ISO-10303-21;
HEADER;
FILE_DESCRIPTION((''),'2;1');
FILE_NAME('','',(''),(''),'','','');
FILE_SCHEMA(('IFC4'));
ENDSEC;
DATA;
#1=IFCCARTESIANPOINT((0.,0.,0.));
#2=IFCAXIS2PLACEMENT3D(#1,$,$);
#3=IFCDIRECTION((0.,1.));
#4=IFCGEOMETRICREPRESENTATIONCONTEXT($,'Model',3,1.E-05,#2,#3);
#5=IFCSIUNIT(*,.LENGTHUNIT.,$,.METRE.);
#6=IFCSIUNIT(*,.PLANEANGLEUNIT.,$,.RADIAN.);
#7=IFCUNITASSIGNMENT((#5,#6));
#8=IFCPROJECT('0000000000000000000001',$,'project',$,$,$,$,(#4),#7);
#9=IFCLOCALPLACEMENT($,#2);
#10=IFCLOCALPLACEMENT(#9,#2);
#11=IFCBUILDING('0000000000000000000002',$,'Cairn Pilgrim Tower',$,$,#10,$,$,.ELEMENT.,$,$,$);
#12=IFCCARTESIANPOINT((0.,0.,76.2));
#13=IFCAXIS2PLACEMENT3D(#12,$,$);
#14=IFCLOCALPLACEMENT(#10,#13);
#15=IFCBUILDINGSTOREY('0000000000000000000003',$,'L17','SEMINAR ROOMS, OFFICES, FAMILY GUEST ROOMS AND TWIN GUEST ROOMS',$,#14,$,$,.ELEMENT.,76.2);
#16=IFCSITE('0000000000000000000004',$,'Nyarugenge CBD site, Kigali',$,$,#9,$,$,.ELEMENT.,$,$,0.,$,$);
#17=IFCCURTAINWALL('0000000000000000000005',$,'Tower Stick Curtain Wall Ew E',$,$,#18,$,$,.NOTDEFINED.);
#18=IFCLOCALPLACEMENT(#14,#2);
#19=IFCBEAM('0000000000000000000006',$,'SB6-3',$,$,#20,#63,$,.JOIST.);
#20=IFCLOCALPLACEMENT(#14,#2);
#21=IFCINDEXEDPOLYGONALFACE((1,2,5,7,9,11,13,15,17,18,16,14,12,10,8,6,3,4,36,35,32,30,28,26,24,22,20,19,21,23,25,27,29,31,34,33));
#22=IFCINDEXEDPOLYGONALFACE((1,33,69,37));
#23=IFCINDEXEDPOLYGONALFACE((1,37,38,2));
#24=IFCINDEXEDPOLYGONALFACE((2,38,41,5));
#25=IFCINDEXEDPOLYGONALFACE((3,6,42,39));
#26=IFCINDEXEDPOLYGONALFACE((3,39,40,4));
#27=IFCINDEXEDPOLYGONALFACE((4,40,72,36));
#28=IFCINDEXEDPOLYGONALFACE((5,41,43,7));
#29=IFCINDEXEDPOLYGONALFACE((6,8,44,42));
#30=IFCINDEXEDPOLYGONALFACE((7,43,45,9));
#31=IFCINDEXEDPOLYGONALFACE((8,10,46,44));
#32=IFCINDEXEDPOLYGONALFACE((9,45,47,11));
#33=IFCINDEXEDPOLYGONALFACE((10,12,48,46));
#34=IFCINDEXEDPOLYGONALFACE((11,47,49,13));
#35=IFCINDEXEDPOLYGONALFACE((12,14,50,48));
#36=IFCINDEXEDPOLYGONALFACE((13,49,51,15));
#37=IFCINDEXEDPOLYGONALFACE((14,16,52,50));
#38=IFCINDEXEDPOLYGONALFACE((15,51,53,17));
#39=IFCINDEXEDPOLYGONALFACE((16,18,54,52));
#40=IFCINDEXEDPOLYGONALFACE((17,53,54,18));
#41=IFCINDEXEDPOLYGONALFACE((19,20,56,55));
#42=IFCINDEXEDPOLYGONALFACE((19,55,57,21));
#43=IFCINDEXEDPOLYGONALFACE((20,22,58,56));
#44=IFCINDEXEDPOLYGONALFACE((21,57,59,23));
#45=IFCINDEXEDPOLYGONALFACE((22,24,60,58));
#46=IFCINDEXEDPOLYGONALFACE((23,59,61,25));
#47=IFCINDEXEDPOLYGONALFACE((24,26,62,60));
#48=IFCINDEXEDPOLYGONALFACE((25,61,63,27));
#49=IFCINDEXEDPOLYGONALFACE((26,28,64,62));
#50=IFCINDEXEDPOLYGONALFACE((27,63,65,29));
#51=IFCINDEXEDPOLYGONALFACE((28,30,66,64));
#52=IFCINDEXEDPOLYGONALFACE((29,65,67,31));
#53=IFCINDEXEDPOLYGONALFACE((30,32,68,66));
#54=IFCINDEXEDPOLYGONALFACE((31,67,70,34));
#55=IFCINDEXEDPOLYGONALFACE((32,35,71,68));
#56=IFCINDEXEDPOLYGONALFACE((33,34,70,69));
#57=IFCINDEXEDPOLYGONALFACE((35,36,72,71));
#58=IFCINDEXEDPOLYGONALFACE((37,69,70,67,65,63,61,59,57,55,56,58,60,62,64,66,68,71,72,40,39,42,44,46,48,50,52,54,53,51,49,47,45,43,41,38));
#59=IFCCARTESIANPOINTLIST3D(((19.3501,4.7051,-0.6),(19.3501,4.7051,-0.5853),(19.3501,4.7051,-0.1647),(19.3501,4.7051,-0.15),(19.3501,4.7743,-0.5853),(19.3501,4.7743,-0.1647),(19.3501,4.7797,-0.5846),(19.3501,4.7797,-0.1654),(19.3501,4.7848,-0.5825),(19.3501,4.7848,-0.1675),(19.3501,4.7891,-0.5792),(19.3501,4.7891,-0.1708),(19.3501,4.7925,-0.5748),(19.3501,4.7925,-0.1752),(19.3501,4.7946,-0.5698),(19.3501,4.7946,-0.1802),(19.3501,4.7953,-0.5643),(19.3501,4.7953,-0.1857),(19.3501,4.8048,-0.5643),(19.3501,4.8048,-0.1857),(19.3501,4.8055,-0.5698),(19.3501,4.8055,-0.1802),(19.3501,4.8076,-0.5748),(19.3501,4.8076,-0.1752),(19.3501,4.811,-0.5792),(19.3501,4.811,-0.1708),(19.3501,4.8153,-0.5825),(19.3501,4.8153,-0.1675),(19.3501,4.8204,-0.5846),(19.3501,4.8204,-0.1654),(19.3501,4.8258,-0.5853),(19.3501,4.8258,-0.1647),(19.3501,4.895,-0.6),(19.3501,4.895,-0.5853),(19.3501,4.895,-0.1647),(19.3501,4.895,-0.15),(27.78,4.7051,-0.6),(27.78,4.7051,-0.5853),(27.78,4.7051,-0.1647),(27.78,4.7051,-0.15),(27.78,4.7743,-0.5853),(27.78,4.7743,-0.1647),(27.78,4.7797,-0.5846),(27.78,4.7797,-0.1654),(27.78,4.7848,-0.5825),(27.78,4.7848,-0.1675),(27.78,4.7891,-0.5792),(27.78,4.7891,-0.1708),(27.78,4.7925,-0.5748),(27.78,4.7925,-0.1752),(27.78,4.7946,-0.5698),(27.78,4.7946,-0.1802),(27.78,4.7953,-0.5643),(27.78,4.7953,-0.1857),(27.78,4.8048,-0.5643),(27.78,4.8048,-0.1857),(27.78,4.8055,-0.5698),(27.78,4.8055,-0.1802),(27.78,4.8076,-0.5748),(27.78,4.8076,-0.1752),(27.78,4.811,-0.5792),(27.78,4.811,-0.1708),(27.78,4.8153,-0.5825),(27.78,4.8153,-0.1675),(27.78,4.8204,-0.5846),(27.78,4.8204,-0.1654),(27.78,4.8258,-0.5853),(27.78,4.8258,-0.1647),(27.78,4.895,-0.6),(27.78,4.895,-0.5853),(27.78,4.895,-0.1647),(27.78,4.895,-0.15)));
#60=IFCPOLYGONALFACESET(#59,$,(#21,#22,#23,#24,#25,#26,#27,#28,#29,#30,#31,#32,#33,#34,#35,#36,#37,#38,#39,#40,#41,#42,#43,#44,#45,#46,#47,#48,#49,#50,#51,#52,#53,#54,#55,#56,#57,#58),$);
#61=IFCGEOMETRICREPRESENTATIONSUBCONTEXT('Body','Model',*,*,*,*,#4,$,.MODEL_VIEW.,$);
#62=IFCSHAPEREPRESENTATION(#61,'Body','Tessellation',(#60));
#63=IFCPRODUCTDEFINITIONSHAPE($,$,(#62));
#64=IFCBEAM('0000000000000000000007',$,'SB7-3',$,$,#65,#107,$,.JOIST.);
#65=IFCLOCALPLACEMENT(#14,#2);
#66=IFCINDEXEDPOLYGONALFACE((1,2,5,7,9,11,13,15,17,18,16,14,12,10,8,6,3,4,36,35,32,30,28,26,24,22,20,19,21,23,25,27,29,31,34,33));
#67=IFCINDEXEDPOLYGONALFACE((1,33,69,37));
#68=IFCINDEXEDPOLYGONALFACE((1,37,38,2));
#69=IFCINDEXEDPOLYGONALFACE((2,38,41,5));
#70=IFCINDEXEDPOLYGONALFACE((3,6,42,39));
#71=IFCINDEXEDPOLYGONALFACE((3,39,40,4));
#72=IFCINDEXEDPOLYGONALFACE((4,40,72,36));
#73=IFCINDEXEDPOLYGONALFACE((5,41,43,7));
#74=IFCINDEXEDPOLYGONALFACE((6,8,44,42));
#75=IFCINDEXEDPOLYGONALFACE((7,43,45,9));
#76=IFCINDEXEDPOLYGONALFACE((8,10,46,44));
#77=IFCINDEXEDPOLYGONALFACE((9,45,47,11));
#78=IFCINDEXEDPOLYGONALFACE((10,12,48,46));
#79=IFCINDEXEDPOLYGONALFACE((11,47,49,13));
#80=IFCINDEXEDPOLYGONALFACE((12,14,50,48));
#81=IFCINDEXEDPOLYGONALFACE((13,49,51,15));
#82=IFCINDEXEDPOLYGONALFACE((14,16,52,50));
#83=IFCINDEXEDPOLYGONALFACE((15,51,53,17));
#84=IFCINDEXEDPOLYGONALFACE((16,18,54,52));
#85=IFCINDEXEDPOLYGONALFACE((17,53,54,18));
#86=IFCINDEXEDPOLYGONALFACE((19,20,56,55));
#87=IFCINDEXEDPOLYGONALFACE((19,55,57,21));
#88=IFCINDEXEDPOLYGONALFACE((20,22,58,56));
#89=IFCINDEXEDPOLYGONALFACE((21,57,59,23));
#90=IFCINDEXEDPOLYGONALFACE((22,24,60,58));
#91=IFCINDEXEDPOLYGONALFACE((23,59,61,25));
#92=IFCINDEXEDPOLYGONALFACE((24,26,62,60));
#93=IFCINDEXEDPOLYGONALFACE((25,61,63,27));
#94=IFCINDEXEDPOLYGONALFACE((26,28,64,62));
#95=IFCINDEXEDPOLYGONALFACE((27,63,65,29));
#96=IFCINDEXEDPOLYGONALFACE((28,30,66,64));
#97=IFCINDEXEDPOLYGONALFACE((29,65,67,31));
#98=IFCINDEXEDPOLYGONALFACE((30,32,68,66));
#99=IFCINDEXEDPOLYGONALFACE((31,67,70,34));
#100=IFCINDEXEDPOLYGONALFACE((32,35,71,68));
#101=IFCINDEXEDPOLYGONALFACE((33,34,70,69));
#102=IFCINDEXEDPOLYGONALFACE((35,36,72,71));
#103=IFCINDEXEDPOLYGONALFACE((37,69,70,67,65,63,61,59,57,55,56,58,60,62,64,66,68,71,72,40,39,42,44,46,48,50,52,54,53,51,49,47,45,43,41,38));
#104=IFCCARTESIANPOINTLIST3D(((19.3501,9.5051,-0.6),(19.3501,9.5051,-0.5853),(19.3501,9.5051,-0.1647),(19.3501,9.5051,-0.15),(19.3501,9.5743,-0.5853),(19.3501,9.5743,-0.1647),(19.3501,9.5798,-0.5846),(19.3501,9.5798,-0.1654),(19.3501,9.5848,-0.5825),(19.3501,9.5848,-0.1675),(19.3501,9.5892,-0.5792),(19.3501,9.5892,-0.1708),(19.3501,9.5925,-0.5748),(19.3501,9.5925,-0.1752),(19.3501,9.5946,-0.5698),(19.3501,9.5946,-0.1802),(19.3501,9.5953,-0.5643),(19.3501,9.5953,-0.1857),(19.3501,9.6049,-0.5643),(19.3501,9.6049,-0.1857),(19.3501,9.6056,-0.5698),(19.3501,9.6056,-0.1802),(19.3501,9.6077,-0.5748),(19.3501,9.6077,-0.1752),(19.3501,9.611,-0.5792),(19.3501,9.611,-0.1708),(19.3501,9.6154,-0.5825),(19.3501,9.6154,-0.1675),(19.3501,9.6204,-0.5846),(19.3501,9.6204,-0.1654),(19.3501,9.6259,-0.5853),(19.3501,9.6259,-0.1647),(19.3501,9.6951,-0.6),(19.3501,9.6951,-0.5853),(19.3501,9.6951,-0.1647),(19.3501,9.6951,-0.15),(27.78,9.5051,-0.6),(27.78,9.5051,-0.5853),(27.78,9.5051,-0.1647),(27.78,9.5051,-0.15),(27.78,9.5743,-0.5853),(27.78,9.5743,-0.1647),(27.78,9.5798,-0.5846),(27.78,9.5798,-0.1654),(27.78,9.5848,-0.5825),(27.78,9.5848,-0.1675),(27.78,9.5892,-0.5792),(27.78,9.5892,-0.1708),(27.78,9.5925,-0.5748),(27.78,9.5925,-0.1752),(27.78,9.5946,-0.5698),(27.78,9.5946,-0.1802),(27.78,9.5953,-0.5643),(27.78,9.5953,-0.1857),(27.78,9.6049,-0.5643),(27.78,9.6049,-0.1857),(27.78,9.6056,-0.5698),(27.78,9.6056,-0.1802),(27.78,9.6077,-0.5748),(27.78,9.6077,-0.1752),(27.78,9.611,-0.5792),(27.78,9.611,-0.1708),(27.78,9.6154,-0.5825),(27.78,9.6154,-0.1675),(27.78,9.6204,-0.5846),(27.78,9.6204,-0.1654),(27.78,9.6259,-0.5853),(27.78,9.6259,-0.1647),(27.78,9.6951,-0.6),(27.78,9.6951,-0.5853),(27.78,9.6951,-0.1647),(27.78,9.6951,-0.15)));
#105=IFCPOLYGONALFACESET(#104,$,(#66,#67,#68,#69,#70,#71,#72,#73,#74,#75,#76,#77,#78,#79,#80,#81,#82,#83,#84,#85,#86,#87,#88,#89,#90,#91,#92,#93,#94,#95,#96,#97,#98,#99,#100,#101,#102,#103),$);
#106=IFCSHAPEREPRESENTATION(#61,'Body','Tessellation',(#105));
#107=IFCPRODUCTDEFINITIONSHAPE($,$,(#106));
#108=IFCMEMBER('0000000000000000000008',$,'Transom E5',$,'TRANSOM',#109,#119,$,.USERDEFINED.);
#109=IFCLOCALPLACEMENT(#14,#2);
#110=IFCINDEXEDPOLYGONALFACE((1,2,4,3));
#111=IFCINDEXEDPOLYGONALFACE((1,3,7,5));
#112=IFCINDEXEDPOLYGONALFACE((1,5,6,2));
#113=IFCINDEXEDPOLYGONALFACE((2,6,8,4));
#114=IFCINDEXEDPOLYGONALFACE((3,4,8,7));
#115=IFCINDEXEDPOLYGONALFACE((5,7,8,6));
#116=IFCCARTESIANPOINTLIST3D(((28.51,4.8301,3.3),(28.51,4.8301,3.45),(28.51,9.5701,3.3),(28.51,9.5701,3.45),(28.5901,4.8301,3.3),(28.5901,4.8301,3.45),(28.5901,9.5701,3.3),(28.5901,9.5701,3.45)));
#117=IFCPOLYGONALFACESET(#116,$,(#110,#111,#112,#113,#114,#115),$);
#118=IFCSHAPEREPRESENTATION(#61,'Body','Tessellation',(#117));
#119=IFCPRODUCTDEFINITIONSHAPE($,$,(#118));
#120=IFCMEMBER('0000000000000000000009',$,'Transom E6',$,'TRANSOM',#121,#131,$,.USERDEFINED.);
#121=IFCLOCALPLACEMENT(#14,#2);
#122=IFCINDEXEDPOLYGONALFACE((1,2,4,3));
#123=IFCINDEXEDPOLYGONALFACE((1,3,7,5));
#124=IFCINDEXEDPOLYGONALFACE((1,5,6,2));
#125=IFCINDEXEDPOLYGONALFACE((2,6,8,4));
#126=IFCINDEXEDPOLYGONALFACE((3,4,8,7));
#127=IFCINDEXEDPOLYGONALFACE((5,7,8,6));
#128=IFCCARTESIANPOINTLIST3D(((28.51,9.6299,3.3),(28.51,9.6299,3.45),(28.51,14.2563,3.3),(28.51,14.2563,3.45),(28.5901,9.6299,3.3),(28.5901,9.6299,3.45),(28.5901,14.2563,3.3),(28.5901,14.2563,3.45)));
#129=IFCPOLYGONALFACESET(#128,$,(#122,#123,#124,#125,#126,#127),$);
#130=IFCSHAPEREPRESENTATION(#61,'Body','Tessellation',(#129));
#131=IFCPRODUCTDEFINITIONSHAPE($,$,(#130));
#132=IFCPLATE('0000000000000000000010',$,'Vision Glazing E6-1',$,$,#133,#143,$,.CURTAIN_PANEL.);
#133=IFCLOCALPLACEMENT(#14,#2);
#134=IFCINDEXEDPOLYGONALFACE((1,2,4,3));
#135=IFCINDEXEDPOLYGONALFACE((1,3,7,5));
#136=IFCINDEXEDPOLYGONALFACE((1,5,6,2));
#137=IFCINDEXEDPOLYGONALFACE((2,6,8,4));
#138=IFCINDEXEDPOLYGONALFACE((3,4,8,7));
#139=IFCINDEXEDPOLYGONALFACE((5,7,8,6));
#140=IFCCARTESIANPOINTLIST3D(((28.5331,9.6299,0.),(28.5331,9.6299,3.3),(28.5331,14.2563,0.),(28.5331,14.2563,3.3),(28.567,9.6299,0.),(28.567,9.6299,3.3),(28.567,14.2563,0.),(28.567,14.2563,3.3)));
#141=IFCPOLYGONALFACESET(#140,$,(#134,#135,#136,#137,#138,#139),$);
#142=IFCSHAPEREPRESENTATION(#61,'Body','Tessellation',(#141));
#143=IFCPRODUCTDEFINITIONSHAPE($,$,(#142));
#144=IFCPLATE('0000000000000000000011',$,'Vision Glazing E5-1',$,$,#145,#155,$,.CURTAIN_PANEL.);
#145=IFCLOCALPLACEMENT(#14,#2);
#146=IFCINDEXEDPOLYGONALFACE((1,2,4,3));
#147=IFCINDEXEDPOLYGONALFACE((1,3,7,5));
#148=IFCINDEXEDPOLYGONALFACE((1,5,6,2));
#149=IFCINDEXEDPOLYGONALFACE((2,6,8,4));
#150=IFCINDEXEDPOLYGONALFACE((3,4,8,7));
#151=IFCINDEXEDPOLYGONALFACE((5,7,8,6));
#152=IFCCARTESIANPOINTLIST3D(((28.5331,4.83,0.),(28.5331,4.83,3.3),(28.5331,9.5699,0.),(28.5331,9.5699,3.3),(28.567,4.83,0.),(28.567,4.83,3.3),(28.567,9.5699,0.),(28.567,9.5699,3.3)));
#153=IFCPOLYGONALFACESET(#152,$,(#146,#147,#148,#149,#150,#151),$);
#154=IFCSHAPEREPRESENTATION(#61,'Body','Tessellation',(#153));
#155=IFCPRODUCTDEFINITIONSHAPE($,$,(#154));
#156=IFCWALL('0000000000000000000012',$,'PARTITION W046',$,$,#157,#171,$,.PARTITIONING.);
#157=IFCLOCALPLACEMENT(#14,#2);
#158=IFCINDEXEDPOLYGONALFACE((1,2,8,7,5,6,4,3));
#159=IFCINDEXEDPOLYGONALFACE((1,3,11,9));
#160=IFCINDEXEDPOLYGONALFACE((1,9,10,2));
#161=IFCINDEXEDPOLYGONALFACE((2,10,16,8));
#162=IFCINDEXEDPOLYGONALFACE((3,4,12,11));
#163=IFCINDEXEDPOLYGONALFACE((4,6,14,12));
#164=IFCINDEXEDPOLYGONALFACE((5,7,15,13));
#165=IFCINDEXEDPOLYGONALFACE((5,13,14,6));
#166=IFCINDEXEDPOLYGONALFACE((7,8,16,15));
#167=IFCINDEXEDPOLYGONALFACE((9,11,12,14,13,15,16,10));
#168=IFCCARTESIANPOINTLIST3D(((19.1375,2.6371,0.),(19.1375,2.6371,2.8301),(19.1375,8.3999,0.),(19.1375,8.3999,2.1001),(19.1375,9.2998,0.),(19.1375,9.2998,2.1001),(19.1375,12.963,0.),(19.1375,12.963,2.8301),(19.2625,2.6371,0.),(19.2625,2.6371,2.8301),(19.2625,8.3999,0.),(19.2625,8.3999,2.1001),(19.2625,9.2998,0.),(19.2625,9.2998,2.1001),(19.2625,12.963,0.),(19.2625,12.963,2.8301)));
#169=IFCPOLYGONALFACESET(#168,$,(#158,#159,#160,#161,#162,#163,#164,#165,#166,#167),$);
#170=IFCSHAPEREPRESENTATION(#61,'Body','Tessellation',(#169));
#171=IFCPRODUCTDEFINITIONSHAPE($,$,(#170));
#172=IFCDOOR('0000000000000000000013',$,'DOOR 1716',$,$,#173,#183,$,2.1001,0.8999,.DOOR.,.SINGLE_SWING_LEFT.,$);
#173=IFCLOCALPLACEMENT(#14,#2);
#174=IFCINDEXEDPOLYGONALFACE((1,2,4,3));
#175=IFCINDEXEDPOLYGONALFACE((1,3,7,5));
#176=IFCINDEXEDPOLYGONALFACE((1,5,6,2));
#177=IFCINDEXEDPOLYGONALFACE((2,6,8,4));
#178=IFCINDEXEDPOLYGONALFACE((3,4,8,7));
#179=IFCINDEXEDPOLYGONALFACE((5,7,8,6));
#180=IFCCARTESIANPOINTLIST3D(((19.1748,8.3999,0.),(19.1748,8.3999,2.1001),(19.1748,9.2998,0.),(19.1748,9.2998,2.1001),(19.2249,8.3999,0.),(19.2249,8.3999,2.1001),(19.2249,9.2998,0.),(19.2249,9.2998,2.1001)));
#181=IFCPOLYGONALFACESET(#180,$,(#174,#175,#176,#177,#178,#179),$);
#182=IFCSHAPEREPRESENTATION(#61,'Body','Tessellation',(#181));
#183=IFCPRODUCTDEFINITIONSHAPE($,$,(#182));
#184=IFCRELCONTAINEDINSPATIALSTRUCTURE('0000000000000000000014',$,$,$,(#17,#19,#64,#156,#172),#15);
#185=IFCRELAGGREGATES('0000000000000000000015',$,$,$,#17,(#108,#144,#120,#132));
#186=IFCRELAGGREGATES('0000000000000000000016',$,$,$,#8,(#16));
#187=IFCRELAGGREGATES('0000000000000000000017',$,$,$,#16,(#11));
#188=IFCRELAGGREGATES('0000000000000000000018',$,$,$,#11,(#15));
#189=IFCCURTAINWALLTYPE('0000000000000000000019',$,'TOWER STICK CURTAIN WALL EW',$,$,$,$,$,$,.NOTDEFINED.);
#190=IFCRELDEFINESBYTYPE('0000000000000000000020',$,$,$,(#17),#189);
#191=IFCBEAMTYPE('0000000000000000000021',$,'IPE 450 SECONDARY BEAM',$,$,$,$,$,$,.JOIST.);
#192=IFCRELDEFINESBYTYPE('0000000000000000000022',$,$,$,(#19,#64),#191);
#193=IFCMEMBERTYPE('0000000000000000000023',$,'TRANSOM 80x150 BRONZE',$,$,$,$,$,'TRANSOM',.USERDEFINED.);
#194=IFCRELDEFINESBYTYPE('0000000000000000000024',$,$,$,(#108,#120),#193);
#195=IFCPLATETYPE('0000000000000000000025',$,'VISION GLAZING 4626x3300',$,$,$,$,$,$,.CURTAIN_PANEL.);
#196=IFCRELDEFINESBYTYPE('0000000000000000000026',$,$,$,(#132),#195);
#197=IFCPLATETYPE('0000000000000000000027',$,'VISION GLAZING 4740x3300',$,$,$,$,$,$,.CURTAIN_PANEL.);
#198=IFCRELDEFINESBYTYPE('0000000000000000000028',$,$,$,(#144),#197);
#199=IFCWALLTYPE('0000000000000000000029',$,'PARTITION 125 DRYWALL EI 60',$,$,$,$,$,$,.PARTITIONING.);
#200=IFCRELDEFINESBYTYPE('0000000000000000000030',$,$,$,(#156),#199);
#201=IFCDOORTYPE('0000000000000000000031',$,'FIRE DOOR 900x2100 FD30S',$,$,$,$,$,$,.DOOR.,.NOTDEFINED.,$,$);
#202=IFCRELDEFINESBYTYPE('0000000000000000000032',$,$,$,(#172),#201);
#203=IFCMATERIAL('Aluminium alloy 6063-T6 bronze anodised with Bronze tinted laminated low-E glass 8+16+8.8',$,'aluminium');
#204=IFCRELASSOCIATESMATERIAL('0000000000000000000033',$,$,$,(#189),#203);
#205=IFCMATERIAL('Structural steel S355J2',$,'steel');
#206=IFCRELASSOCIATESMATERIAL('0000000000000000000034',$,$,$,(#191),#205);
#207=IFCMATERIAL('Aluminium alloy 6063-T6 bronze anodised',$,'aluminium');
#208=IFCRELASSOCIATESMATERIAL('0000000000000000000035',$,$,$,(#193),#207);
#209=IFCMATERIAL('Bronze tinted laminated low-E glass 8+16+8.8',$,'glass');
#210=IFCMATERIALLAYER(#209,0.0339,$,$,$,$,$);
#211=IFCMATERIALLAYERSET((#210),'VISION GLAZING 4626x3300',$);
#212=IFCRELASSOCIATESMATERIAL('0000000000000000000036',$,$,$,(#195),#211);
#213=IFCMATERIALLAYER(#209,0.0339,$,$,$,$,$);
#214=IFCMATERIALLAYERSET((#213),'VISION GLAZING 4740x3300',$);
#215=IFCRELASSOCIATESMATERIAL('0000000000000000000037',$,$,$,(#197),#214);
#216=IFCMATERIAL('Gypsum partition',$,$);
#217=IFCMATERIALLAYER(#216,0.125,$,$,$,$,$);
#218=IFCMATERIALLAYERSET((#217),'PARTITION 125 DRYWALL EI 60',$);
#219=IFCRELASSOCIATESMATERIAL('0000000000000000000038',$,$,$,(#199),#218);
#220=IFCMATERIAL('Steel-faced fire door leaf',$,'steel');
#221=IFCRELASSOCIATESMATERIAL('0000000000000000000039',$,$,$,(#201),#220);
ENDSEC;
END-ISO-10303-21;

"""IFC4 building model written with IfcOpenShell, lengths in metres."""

from ifc_helpers import new_model, si_unit, direction, frame, frame_2d, origin, origin_2d, place, context, subcontext, project, spatial, rectangle, i_section, extrude, material, layer, layer_set, material_profile, profile_set, type_object, element, fill, aggregate, save


model = new_model("IFC4")

# Units and contexts
model_context = context("Model", 3, precision=1e-05, world=origin(), true_north=direction((0.0, 1.0)))
body_context = subcontext(model_context, "Body", "Model", "MODEL_VIEW")
ifc_project = project(units=[si_unit("LENGTHUNIT", "METRE"), si_unit("PLANEANGLEUNIT", "RADIAN")], contexts=[model_context])

# Site, building, storey
site_placement = place(None, origin())
site = spatial("IfcSite", under=ifc_project, at=site_placement, Name="Nyarugenge CBD site, Kigali", CompositionType="ELEMENT", RefElevation=0.0)
building_placement = place(site_placement, origin())
building = spatial("IfcBuilding", under=site, at=building_placement, Name="Cairn Pilgrim Tower", CompositionType="ELEMENT")
storey_placement = place(building_placement, frame((0.0, 0.0, 76.2)))
storey = spatial("IfcBuildingStorey", under=building, at=storey_placement, Name="L17", Description="SEMINAR ROOMS, OFFICES, FAMILY GUEST ROOMS AND TWIN GUEST ROOMS", CompositionType="ELEMENT", Elevation=76.2)

# Curtain wall
ifc_material_1 = material(Name="Aluminium alloy 6063-T6 bronze anodised with Bronze tinted laminated low-E glass 8+16+8.8", Category="aluminium")
curtain_wall_type = type_object("IfcCurtainWallType", Name="TOWER STICK CURTAIN WALL EW", PredefinedType="NOTDEFINED", material=ifc_material_1)
curtain_wall_placement = place(storey_placement, origin())
curtain_wall = element("IfcCurtainWall", 1, at=curtain_wall_placement, inside=storey, type_object=curtain_wall_type, Name="Tower Stick Curtain Wall Ew E", PredefinedType="NOTDEFINED")
ifc_material_2 = material(Name="Aluminium alloy 6063-T6 bronze anodised", Category="aluminium")

# Beams
ifc_material_3 = material(Name="Structural steel S355J2", Category="steel")
ifc_material_profile_1 = material_profile(ifc_material_3, i_section(OverallWidth=0.1899, OverallDepth=0.45, WebThickness=0.0095, FlangeThickness=0.0146, FilletRadius=0.021, at=origin_2d()), Name="IPE 450")
ifc_profile_set_1 = profile_set([ifc_material_profile_1], Name="Structural steel S355J2")
beam_type_1 = type_object("IfcBeamType", Name="IPE 450 SECONDARY BEAM", PredefinedType="JOIST", material=ifc_profile_set_1)
for number, where, z_axis, x_axis, name in (
    (2, (19.3501, 4.8, -0.375), (1.0, 0.0, 0.0), (0.0, 1.0, 0.0), "SB6-3"),
    (3, (19.3501, 9.6001, -0.375), (1.0, 0.0, 0.0), (0.0, 1.0, 0.0), "SB7-3"),
):
    element("IfcBeam", number, at=place(storey_placement, frame(where, z_axis=z_axis, x_axis=x_axis)), inside=storey, type_object=beam_type_1, Name=name, PredefinedType="JOIST", context=body_context, shape_type="SweptSolid", body=[
        extrude(i_section(OverallWidth=0.1899, OverallDepth=0.45, WebThickness=0.0095, FlangeThickness=0.0146, FilletRadius=0.021, at=origin_2d()), origin(), (0.0, 0.0, 1.0), 8.4299),
    ])

# Members
ifc_material_profile_2 = material_profile(ifc_material_2, rectangle(XDim=0.0801, YDim=0.1499, at=origin_2d()), Name="TRANSOM 80x150 BRONZE")
ifc_profile_set_2 = profile_set([ifc_material_profile_2], Name="Aluminium alloy 6063-T6 bronze anodised")
member_type_1 = type_object("IfcMemberType", Name="TRANSOM 80x150 BRONZE", ElementType="TRANSOM", PredefinedType="USERDEFINED", material=ifc_profile_set_2)
member_1_placement = place(storey_placement, frame((28.55, 4.8301, 3.375), z_axis=(0.0, 1.0, 0.0), x_axis=(-1.0, 0.0, 0.0)))
member_1 = element("IfcMember", 4, at=member_1_placement, type_object=member_type_1, Name="Transom E5", ObjectType="TRANSOM", PredefinedType="USERDEFINED", context=body_context, shape_type="SweptSolid", body=[
    extrude(rectangle(XDim=0.0801, YDim=0.1499, at=origin_2d()), origin(), (0.0, 0.0, 1.0), 4.74),
])
member_2_placement = place(storey_placement, frame((28.55, 9.6299, 3.375), z_axis=(0.0, 1.0, 0.0), x_axis=(-1.0, 0.0, 0.0)))
member_2 = element("IfcMember", 5, at=member_2_placement, type_object=member_type_1, Name="Transom E6", ObjectType="TRANSOM", PredefinedType="USERDEFINED", context=body_context, shape_type="SweptSolid", body=[
    extrude(rectangle(XDim=0.0801, YDim=0.1499, at=origin_2d()), origin(), (0.0, 0.0, 1.0), 4.6265),
])

# Plates
ifc_material_4 = material(Name="Bronze tinted laminated low-E glass 8+16+8.8", Category="glass")
ifc_layer_1 = layer(ifc_material_4, 0.0339)
ifc_layer_set_1 = layer_set([ifc_layer_1], Name="VISION GLAZING 4626x3300")
plate_type_1 = type_object("IfcPlateType", Name="VISION GLAZING 4626x3300", PredefinedType="CURTAIN_PANEL", material=ifc_layer_set_1)
plate_1_placement = place(storey_placement, frame((28.55, 11.9431, 0.0), z_axis=(0.0, 0.0, 1.0), x_axis=(0.0, 1.0, 0.0)))
plate_1 = element("IfcPlate", 6, at=plate_1_placement, type_object=plate_type_1, Name="Vision Glazing E6-1", PredefinedType="CURTAIN_PANEL", context=body_context, shape_type="SweptSolid", body=[
    extrude(rectangle(XDim=4.6265, YDim=0.0339, at=origin_2d()), origin(), (0.0, 0.0, 1.0), 3.3),
])
ifc_layer_2 = layer(ifc_material_4, 0.0339)
ifc_layer_set_2 = layer_set([ifc_layer_2], Name="VISION GLAZING 4740x3300")
plate_type_2 = type_object("IfcPlateType", Name="VISION GLAZING 4740x3300", PredefinedType="CURTAIN_PANEL", material=ifc_layer_set_2)
plate_2_placement = place(storey_placement, frame((28.55, 7.2, 0.0), z_axis=(0.0, 0.0, 1.0), x_axis=(0.0, 1.0, 0.0)))
plate_2 = element("IfcPlate", 7, at=plate_2_placement, type_object=plate_type_2, Name="Vision Glazing E5-1", PredefinedType="CURTAIN_PANEL", context=body_context, shape_type="SweptSolid", body=[
    extrude(rectangle(XDim=4.74, YDim=0.0339, at=origin_2d()), origin(), (0.0, 0.0, 1.0), 3.3),
])
aggregate(curtain_wall, [member_1, plate_2, member_2, plate_1])

# Wall, opening, door
ifc_material_5 = material(Name="Gypsum partition")
ifc_layer_3 = layer(ifc_material_5, 0.125)
ifc_layer_set_3 = layer_set([ifc_layer_3], Name="PARTITION 125 DRYWALL EI 60")
wall_type_1 = type_object("IfcWallType", Name="PARTITION 125 DRYWALL EI 60", PredefinedType="PARTITIONING", material=ifc_layer_set_3)
wall_1_placement = place(storey_placement, frame((19.2, 2.637, 0.0), z_axis=(0.0, 0.0, 1.0), x_axis=(0.0, 1.0, 0.0)))
wall_1 = element("IfcWall", 8, at=wall_1_placement, inside=storey, type_object=wall_type_1, Name="PARTITION W046", PredefinedType="PARTITIONING", context=body_context, shape_type="SweptSolid", body=[
    extrude(rectangle(XDim=10.3259, YDim=0.125, at=frame_2d((5.1631, 0.0))), origin(), (0.0, 0.0, 1.0), 2.8301),
])
opening_1_placement = place(wall_1_placement, frame((5.7629, 0.0, 0.0)))
opening_1 = element("IfcOpeningElement", 9, at=opening_1_placement, cuts=wall_1, PredefinedType="OPENING", context=body_context, shape_type="SweptSolid", body=[
    extrude(rectangle(XDim=0.8999, YDim=2.1001, at=frame_2d((0.45, 1.05))), frame((0.0, 0.0725, 0.0), z_axis=(0.0, -1.0, 0.0), x_axis=(1.0, 0.0, 0.0)), (0.0, 0.0, 1.0), 0.145),
])
ifc_material_6 = material(Name="Steel-faced fire door leaf", Category="steel")
door_type_1 = type_object("IfcDoorType", Name="FIRE DOOR 900x2100 FD30S", OperationType="NOTDEFINED", PredefinedType="DOOR", material=ifc_material_6)
door_1_placement = place(opening_1_placement, frame((0.8999, 0.0, 0.0), z_axis=(0.0, 0.0, 1.0), x_axis=(-1.0, 0.0, 0.0)))
door_1 = element("IfcDoor", 10, at=door_1_placement, inside=storey, type_object=door_type_1, Name="DOOR 1716", OperationType="SINGLE_SWING_LEFT", OverallHeight=2.1001, OverallWidth=0.8999, PredefinedType="DOOR", context=body_context, shape_type="SweptSolid", body=[
    extrude(rectangle(XDim=0.8999, YDim=2.1001, at=frame_2d((0.45, 1.05))), frame((0.0, 0.0249, 0.0), z_axis=(0.0, -1.0, 0.0), x_axis=(1.0, 0.0, 0.0)), (0.0, 0.0, 1.0), 0.05),
])
fill(opening_1, door_1)

save(model, "model.ifc")
